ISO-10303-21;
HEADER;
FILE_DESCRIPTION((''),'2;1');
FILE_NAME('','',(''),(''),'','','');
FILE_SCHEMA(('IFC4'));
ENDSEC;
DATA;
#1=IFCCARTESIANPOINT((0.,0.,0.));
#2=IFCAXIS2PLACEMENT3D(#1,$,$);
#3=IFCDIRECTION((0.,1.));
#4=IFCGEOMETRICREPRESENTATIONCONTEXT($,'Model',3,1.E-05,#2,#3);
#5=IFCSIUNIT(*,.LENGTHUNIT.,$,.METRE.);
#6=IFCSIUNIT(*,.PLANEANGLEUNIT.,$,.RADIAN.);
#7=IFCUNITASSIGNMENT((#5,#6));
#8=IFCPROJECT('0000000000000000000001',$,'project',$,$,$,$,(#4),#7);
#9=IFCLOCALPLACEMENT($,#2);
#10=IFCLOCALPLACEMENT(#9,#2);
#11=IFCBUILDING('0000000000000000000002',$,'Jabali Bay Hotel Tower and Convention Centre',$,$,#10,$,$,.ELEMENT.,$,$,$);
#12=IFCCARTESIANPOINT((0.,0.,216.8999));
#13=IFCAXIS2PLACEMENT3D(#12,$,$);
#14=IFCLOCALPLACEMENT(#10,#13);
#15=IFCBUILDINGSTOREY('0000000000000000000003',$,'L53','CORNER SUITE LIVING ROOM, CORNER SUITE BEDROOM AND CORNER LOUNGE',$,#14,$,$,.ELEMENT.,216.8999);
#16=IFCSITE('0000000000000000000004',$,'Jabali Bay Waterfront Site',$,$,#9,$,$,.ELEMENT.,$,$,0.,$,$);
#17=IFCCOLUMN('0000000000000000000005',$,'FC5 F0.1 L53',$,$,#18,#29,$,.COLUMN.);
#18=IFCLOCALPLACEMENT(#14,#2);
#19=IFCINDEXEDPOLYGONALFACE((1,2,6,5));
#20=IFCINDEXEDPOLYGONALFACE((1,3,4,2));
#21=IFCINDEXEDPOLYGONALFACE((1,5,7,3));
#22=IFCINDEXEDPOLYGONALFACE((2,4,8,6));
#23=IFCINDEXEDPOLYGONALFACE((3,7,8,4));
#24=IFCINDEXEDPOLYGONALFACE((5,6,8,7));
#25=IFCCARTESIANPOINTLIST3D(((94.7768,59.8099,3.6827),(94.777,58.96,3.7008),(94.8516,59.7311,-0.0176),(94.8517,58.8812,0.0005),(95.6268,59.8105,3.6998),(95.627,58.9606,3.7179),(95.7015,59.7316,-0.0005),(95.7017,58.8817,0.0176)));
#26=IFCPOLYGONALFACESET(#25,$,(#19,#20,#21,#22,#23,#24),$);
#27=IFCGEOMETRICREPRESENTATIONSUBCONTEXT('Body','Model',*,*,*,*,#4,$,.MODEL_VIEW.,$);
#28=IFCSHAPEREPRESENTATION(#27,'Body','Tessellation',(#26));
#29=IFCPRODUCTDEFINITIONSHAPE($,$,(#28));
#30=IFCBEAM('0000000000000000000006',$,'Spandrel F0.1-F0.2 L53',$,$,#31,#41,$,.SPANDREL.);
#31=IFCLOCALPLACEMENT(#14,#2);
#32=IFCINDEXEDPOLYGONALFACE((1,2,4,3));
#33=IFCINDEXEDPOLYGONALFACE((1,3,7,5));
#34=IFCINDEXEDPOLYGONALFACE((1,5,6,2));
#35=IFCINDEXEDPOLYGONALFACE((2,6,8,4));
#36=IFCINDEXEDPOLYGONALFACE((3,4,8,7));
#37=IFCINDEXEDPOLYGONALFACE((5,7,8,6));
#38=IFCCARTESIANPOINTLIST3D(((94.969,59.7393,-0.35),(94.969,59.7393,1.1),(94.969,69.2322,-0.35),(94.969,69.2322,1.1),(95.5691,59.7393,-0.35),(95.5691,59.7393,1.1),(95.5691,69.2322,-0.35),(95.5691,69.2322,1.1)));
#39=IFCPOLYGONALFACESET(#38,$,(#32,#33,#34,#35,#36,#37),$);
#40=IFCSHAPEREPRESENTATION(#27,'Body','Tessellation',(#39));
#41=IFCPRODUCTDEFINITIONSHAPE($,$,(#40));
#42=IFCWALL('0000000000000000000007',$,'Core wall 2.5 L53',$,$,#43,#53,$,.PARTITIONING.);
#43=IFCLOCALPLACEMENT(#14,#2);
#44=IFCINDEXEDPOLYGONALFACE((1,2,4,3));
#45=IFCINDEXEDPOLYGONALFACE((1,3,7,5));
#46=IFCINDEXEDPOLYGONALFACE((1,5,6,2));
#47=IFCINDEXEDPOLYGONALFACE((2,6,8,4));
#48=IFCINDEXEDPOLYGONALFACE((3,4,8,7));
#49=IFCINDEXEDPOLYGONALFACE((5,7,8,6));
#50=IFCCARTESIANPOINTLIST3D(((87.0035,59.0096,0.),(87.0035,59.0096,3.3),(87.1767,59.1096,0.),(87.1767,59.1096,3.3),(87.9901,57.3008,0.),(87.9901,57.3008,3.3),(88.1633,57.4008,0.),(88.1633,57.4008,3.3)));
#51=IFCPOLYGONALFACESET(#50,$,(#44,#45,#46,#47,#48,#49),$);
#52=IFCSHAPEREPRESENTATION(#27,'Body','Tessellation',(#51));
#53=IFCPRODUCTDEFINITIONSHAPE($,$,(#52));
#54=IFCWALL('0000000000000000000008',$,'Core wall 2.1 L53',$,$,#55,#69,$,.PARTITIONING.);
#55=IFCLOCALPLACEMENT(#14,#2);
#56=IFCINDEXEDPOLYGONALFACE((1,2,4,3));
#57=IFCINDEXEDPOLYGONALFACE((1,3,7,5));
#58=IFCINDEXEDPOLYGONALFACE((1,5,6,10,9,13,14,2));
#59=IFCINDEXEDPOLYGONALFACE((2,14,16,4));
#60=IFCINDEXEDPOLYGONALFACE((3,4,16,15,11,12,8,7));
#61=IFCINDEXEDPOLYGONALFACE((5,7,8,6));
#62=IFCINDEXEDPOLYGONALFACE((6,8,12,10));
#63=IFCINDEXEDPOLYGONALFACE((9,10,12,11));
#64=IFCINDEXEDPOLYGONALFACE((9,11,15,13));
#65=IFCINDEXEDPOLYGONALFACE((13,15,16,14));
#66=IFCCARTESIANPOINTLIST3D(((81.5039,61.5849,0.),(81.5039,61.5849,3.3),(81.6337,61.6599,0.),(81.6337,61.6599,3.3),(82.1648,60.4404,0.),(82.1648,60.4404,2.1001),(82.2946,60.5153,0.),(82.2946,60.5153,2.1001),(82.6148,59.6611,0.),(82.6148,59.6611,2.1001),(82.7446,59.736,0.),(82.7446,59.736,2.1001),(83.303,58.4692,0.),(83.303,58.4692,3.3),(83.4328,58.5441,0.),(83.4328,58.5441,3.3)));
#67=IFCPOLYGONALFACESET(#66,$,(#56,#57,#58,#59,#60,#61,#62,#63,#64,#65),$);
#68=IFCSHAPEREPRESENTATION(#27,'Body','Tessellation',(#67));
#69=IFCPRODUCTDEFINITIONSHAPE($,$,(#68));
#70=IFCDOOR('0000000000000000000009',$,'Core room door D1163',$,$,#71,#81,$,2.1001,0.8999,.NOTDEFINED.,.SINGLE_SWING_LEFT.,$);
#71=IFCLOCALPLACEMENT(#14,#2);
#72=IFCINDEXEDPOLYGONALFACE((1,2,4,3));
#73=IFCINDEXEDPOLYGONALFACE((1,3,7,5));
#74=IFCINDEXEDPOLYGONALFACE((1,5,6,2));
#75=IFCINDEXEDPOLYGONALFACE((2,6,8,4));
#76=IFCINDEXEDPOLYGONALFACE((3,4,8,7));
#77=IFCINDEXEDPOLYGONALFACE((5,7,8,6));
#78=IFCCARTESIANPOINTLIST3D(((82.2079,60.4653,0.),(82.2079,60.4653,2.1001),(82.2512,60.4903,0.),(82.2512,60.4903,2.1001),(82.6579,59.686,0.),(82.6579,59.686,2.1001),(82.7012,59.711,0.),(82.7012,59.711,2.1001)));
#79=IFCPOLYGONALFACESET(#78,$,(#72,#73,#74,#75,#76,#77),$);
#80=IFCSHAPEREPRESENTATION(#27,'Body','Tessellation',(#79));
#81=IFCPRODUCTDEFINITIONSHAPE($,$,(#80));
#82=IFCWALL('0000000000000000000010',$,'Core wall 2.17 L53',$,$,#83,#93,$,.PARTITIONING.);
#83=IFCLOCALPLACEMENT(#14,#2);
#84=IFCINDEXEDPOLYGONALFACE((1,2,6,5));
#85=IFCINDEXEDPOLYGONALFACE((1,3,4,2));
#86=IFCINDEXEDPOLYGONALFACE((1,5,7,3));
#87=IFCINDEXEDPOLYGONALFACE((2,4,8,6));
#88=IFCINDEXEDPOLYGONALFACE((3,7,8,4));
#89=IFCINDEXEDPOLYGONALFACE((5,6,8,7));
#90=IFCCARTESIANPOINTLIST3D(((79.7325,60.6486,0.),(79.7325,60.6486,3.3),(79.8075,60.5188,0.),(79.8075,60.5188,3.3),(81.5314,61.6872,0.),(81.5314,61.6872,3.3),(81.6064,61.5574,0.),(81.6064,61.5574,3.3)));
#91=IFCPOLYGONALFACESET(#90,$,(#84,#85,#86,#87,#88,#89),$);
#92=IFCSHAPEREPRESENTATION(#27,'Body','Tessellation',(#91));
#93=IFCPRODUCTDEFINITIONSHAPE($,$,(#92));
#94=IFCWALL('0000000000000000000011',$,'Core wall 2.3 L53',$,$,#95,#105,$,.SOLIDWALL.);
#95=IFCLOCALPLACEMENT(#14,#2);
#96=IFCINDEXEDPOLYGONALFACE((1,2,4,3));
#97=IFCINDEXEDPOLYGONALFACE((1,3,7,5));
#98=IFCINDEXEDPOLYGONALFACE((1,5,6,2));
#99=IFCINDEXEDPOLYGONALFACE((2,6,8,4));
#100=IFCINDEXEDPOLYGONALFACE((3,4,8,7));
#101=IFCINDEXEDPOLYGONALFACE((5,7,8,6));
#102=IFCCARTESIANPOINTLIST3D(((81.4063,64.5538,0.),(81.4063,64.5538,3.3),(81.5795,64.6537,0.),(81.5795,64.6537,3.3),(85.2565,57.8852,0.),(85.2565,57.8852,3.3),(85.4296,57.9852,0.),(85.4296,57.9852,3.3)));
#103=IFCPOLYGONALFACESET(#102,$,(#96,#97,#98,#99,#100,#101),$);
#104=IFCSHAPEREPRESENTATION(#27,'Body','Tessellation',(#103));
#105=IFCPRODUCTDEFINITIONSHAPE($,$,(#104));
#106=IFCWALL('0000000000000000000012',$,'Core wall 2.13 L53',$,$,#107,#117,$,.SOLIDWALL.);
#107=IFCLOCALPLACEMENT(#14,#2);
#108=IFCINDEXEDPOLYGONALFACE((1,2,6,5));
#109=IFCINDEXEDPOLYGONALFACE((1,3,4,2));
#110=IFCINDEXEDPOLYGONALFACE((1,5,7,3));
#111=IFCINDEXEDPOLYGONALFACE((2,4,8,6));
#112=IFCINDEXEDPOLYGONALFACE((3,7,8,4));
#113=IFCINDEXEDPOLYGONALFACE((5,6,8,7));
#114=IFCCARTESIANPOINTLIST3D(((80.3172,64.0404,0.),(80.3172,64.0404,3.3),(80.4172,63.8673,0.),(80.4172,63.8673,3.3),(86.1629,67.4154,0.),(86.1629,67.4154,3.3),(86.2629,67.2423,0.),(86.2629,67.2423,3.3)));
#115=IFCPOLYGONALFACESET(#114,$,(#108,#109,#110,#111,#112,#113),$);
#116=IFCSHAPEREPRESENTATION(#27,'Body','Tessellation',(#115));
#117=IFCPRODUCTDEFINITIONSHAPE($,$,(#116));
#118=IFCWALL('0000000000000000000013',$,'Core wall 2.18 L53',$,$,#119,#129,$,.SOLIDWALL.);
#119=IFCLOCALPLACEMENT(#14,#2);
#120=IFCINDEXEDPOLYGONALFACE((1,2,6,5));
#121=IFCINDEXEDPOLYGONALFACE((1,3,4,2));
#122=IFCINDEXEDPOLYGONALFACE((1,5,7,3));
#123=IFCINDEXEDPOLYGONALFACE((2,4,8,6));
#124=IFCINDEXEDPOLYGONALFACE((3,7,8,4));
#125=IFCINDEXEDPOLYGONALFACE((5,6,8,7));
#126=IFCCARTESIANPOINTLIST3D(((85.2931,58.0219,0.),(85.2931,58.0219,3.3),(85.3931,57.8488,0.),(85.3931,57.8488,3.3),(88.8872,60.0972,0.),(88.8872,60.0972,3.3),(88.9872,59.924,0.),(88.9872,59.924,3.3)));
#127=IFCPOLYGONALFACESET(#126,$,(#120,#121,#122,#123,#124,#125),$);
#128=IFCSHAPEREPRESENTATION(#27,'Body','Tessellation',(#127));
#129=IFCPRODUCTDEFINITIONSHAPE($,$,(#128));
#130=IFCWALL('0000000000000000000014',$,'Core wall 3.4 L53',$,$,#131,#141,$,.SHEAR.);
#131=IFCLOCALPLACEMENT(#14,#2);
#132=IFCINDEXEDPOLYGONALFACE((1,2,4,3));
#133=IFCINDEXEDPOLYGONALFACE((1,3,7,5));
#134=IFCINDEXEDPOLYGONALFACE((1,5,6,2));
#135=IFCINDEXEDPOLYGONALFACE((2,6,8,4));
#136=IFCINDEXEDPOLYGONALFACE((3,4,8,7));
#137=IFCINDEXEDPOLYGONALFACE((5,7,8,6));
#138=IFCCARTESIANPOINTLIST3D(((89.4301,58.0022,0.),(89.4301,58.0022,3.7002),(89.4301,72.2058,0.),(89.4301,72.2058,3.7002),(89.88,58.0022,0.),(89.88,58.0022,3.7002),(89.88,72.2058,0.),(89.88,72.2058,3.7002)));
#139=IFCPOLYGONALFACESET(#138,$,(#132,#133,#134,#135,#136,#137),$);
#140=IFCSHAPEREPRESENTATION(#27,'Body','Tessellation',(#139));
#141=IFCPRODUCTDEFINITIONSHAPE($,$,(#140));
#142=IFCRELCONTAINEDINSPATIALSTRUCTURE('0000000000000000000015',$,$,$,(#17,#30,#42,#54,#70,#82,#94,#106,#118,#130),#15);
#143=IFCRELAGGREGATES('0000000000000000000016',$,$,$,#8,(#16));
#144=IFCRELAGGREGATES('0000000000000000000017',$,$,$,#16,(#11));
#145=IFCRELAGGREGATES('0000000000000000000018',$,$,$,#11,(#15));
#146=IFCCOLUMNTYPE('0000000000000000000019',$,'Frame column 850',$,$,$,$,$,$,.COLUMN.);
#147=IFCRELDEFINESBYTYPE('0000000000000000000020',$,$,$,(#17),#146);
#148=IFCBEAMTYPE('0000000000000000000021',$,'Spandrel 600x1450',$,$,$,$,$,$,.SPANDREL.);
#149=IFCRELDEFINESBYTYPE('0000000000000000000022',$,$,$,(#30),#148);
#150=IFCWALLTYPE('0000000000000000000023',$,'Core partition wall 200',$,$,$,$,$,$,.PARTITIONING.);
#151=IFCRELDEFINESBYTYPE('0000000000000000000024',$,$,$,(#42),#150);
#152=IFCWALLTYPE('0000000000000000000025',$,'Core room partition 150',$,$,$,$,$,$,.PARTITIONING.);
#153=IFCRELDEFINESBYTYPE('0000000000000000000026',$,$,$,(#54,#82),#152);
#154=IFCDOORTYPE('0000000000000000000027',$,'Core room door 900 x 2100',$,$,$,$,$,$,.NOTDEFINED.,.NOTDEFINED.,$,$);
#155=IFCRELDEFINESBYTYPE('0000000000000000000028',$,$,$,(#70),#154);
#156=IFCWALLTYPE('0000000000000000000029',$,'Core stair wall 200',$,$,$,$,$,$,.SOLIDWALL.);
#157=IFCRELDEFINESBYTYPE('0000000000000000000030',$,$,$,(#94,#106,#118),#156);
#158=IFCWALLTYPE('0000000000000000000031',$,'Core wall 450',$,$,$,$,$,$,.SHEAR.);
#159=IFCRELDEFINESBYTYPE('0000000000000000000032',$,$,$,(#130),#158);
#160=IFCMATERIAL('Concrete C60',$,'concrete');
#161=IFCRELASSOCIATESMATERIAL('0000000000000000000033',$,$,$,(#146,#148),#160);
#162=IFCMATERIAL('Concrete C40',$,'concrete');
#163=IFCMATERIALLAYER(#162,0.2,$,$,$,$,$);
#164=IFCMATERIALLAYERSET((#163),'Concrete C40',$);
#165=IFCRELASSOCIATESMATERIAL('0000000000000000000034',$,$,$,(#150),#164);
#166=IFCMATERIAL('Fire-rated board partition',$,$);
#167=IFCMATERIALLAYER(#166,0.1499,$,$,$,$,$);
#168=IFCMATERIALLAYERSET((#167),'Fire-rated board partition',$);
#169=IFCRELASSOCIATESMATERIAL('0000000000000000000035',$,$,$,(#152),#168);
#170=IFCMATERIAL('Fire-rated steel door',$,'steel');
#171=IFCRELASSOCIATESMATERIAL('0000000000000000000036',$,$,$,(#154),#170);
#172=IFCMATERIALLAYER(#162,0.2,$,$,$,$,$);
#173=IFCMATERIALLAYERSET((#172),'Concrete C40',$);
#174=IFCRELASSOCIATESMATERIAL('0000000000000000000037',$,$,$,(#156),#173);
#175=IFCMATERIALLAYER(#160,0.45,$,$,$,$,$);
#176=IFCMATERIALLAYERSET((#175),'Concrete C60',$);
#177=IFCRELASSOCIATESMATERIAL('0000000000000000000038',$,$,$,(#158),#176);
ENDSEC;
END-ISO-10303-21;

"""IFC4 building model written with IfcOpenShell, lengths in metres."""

from ifc_helpers import new_model, si_unit, direction, frame, frame_2d, origin, origin_2d, place, context, subcontext, project, spatial, rectangle, extrude, material, layer, layer_set, material_profile, profile_set, type_object, element, fill, save


model = new_model("IFC4")

# Units and contexts
model_context = context("Model", 3, precision=1e-05, world=origin(), true_north=direction((0.0, 1.0)))
body_context = subcontext(model_context, "Body", "Model", "MODEL_VIEW")
ifc_project = project(units=[si_unit("LENGTHUNIT", "METRE"), si_unit("PLANEANGLEUNIT", "RADIAN")], contexts=[model_context])

# Site, building, storey
site_placement = place(None, origin())
site = spatial("IfcSite", under=ifc_project, at=site_placement, Name="Jabali Bay Waterfront Site", CompositionType="ELEMENT", RefElevation=0.0)
building_placement = place(site_placement, origin())
building = spatial("IfcBuilding", under=site, at=building_placement, Name="Jabali Bay Hotel Tower and Convention Centre", CompositionType="ELEMENT")
storey_placement = place(building_placement, frame((0.0, 0.0, 216.8999)))
storey = spatial("IfcBuildingStorey", under=building, at=storey_placement, Name="L53", Description="CORNER SUITE LIVING ROOM, CORNER SUITE BEDROOM AND CORNER LOUNGE", CompositionType="ELEMENT", Elevation=216.8999)

# Column
ifc_material_1 = material(Name="Concrete C60", Category="concrete")
ifc_material_profile_1 = material_profile(ifc_material_1, rectangle(XDim=0.8501, YDim=0.8501, at=origin_2d()), Name="Frame column 850")
ifc_profile_set_1 = profile_set([ifc_material_profile_1], Name="Concrete C60")
column_type = type_object("IfcColumnType", Name="Frame column 850", PredefinedType="COLUMN", material=ifc_profile_set_1)
column_placement = place(storey_placement, frame((95.2766, 59.3064, 0.0), z_axis=(-0.020181, 0.021303, 0.999569), x_axis=(0.000228, -0.999773, 0.021311)))
element("IfcColumn", 1, at=column_placement, inside=storey, type_object=column_type, Name="FC5 F0.1 L53", PredefinedType="COLUMN", context=body_context, shape_type="SweptSolid", body=[
    extrude(rectangle(XDim=0.8501, YDim=0.8501, at=origin_2d()), origin(), (0.0, 0.0, 1.0), 3.7019),
])

# Beam
ifc_material_profile_2 = material_profile(ifc_material_1, rectangle(XDim=0.6001, YDim=1.45, at=origin_2d()), Name="Spandrel 600x1450")
ifc_profile_set_2 = profile_set([ifc_material_profile_2], Name="Concrete C60")
beam_type = type_object("IfcBeamType", Name="Spandrel 600x1450", PredefinedType="SPANDREL", material=ifc_profile_set_2)
beam_placement = place(storey_placement, frame((95.269, 59.7393, 0.375), z_axis=(0.0, 1.0, 0.0), x_axis=(-1.0, 0.0, 0.0)))
element("IfcBeam", 2, at=beam_placement, inside=storey, type_object=beam_type, Name="Spandrel F0.1-F0.2 L53", PredefinedType="SPANDREL", context=body_context, shape_type="SweptSolid", body=[
    extrude(rectangle(XDim=0.6001, YDim=1.45, at=origin_2d()), origin(), (0.0, 0.0, 1.0), 9.4929),
])

# Wall
ifc_material_2 = material(Name="Concrete C40", Category="concrete")
ifc_layer_1 = layer(ifc_material_2, 0.2)
ifc_layer_set_1 = layer_set([ifc_layer_1], Name="Concrete C40")
wall_type_1 = type_object("IfcWallType", Name="Core partition wall 200", PredefinedType="PARTITIONING", material=ifc_layer_set_1)
wall_1_placement = place(storey_placement, frame((87.0901, 59.0596, 0.0), z_axis=(0.0, 0.0, 1.0), x_axis=(0.500012, -0.866019, 0.0)))
element("IfcWall", 3, at=wall_1_placement, inside=storey, type_object=wall_type_1, Name="Core wall 2.5 L53", PredefinedType="PARTITIONING", context=body_context, shape_type="SweptSolid", body=[
    extrude(rectangle(XDim=1.9731, YDim=0.2, at=frame_2d((0.9866, 0.0))), origin(), (0.0, 0.0, 1.0), 3.3),
])

# Wall, opening, door
ifc_material_3 = material(Name="Fire-rated board partition")
ifc_layer_2 = layer(ifc_material_3, 0.1499)
ifc_layer_set_2 = layer_set([ifc_layer_2], Name="Fire-rated board partition")
wall_type_2 = type_object("IfcWallType", Name="Core room partition 150", PredefinedType="PARTITIONING", material=ifc_layer_set_2)
wall_2_placement = place(storey_placement, frame((81.5688, 61.6223, 0.0), z_axis=(0.0, 0.0, 1.0), x_axis=(0.500044, -0.866, 0.0)))
wall_2 = element("IfcWall", 4, at=wall_2_placement, inside=storey, type_object=wall_type_2, Name="Core wall 2.1 L53", PredefinedType="PARTITIONING", context=body_context, shape_type="SweptSolid", body=[
    extrude(rectangle(XDim=3.5979, YDim=0.1499, at=frame_2d((1.7988, 0.0))), origin(), (0.0, 0.0, 1.0), 3.3),
])
opening_placement = place(wall_2_placement, frame((1.3215, 0.0, 0.0)))
opening = element("IfcOpeningElement", 5, at=opening_placement, cuts=wall_2, PredefinedType="OPENING", context=body_context, shape_type="SweptSolid", body=[
    extrude(rectangle(XDim=0.8999, YDim=2.1001, at=frame_2d((0.45, 1.05))), frame((0.0, 0.0854, 0.0), z_axis=(0.0, -1.0, 0.0), x_axis=(1.0, 0.0, 0.0)), (0.0, 0.0, 1.0), 0.1709),
])
ifc_material_4 = material(Name="Fire-rated steel door", Category="steel")
door_type = type_object("IfcDoorType", Name="Core room door 900 x 2100", OperationType="NOTDEFINED", PredefinedType="NOTDEFINED", material=ifc_material_4)
door_placement = place(opening_placement, origin())
door = element("IfcDoor", 6, at=door_placement, inside=storey, type_object=door_type, Name="Core room door D1163", OperationType="SINGLE_SWING_LEFT", OverallHeight=2.1001, OverallWidth=0.8999, PredefinedType="NOTDEFINED", context=body_context, shape_type="SweptSolid", body=[
    extrude(rectangle(XDim=0.8999, YDim=2.1001, at=frame_2d((0.45, 1.05))), frame((0.0, 0.0249, 0.0), z_axis=(0.0, -1.0, 0.0), x_axis=(1.0, 0.0, 0.0)), (0.0, 0.0, 1.0), 0.05),
])
fill(opening, door)

# Walls
wall_3_placement = place(storey_placement, frame((79.77, 60.5837, 0.0), z_axis=(0.0, 0.0, 1.0), x_axis=(0.866021, 0.500007, 0.0)))
element("IfcWall", 7, at=wall_3_placement, inside=storey, type_object=wall_type_2, Name="Core wall 2.17 L53", PredefinedType="PARTITIONING", context=body_context, shape_type="SweptSolid", body=[
    extrude(rectangle(XDim=2.0771, YDim=0.1499, at=frame_2d((1.0386, 0.0))), origin(), (0.0, 0.0, 1.0), 3.3),
])
ifc_layer_3 = layer(ifc_material_2, 0.2)
ifc_layer_set_3 = layer_set([ifc_layer_3], Name="Concrete C40")
wall_type_3 = type_object("IfcWallType", Name="Core stair wall 200", PredefinedType="SOLIDWALL", material=ifc_layer_set_3)
wall_4_placement = place(storey_placement, frame((81.4929, 64.6038, 0.0), z_axis=(0.0, 0.0, 1.0), x_axis=(0.500006, -0.866022, 0.0)))
element("IfcWall", 8, at=wall_4_placement, inside=storey, type_object=wall_type_3, Name="Core wall 2.3 L53", PredefinedType="SOLIDWALL", context=body_context, shape_type="SweptSolid", body=[
    extrude(rectangle(XDim=7.7002, YDim=0.2, at=frame_2d((3.8501, 0.0))), origin(), (0.0, 0.0, 1.0), 3.3),
])
wall_5_placement = place(storey_placement, frame((80.3672, 63.9539, 0.0), z_axis=(0.0, 0.0, 1.0), x_axis=(0.866027, 0.499998, 0.0)))
element("IfcWall", 9, at=wall_5_placement, inside=storey, type_object=wall_type_3, Name="Core wall 2.13 L53", PredefinedType="SOLIDWALL", context=body_context, shape_type="SweptSolid", body=[
    extrude(rectangle(XDim=6.75, YDim=0.2, at=frame_2d((3.375, 0.0))), origin(), (0.0, 0.0, 1.0), 3.3),
])
wall_6_placement = place(storey_placement, frame((85.343, 57.9353, 0.0), z_axis=(0.0, 0.0, 1.0), x_axis=(0.866004, 0.500036, 0.0)))
element("IfcWall", 10, at=wall_6_placement, inside=storey, type_object=wall_type_3, Name="Core wall 2.18 L53", PredefinedType="SOLIDWALL", context=body_context, shape_type="SweptSolid", body=[
    extrude(rectangle(XDim=4.1501, YDim=0.2, at=frame_2d((2.0752, 0.0))), origin(), (0.0, 0.0, 1.0), 3.3),
])
ifc_layer_4 = layer(ifc_material_1, 0.45)
ifc_layer_set_4 = layer_set([ifc_layer_4], Name="Concrete C60")
wall_type_4 = type_object("IfcWallType", Name="Core wall 450", PredefinedType="SHEAR", material=ifc_layer_set_4)
wall_7_placement = place(storey_placement, frame((89.655, 58.0022, 0.0), z_axis=(0.0, 0.0, 1.0), x_axis=(0.0, 1.0, 0.0)))
element("IfcWall", 11, at=wall_7_placement, inside=storey, type_object=wall_type_4, Name="Core wall 3.4 L53", PredefinedType="SHEAR", context=body_context, shape_type="SweptSolid", body=[
    extrude(rectangle(XDim=14.2036, YDim=0.45, at=frame_2d((7.1018, 0.0))), origin(), (0.0, 0.0, 1.0), 3.7002),
])

save(model, "model.ifc")
